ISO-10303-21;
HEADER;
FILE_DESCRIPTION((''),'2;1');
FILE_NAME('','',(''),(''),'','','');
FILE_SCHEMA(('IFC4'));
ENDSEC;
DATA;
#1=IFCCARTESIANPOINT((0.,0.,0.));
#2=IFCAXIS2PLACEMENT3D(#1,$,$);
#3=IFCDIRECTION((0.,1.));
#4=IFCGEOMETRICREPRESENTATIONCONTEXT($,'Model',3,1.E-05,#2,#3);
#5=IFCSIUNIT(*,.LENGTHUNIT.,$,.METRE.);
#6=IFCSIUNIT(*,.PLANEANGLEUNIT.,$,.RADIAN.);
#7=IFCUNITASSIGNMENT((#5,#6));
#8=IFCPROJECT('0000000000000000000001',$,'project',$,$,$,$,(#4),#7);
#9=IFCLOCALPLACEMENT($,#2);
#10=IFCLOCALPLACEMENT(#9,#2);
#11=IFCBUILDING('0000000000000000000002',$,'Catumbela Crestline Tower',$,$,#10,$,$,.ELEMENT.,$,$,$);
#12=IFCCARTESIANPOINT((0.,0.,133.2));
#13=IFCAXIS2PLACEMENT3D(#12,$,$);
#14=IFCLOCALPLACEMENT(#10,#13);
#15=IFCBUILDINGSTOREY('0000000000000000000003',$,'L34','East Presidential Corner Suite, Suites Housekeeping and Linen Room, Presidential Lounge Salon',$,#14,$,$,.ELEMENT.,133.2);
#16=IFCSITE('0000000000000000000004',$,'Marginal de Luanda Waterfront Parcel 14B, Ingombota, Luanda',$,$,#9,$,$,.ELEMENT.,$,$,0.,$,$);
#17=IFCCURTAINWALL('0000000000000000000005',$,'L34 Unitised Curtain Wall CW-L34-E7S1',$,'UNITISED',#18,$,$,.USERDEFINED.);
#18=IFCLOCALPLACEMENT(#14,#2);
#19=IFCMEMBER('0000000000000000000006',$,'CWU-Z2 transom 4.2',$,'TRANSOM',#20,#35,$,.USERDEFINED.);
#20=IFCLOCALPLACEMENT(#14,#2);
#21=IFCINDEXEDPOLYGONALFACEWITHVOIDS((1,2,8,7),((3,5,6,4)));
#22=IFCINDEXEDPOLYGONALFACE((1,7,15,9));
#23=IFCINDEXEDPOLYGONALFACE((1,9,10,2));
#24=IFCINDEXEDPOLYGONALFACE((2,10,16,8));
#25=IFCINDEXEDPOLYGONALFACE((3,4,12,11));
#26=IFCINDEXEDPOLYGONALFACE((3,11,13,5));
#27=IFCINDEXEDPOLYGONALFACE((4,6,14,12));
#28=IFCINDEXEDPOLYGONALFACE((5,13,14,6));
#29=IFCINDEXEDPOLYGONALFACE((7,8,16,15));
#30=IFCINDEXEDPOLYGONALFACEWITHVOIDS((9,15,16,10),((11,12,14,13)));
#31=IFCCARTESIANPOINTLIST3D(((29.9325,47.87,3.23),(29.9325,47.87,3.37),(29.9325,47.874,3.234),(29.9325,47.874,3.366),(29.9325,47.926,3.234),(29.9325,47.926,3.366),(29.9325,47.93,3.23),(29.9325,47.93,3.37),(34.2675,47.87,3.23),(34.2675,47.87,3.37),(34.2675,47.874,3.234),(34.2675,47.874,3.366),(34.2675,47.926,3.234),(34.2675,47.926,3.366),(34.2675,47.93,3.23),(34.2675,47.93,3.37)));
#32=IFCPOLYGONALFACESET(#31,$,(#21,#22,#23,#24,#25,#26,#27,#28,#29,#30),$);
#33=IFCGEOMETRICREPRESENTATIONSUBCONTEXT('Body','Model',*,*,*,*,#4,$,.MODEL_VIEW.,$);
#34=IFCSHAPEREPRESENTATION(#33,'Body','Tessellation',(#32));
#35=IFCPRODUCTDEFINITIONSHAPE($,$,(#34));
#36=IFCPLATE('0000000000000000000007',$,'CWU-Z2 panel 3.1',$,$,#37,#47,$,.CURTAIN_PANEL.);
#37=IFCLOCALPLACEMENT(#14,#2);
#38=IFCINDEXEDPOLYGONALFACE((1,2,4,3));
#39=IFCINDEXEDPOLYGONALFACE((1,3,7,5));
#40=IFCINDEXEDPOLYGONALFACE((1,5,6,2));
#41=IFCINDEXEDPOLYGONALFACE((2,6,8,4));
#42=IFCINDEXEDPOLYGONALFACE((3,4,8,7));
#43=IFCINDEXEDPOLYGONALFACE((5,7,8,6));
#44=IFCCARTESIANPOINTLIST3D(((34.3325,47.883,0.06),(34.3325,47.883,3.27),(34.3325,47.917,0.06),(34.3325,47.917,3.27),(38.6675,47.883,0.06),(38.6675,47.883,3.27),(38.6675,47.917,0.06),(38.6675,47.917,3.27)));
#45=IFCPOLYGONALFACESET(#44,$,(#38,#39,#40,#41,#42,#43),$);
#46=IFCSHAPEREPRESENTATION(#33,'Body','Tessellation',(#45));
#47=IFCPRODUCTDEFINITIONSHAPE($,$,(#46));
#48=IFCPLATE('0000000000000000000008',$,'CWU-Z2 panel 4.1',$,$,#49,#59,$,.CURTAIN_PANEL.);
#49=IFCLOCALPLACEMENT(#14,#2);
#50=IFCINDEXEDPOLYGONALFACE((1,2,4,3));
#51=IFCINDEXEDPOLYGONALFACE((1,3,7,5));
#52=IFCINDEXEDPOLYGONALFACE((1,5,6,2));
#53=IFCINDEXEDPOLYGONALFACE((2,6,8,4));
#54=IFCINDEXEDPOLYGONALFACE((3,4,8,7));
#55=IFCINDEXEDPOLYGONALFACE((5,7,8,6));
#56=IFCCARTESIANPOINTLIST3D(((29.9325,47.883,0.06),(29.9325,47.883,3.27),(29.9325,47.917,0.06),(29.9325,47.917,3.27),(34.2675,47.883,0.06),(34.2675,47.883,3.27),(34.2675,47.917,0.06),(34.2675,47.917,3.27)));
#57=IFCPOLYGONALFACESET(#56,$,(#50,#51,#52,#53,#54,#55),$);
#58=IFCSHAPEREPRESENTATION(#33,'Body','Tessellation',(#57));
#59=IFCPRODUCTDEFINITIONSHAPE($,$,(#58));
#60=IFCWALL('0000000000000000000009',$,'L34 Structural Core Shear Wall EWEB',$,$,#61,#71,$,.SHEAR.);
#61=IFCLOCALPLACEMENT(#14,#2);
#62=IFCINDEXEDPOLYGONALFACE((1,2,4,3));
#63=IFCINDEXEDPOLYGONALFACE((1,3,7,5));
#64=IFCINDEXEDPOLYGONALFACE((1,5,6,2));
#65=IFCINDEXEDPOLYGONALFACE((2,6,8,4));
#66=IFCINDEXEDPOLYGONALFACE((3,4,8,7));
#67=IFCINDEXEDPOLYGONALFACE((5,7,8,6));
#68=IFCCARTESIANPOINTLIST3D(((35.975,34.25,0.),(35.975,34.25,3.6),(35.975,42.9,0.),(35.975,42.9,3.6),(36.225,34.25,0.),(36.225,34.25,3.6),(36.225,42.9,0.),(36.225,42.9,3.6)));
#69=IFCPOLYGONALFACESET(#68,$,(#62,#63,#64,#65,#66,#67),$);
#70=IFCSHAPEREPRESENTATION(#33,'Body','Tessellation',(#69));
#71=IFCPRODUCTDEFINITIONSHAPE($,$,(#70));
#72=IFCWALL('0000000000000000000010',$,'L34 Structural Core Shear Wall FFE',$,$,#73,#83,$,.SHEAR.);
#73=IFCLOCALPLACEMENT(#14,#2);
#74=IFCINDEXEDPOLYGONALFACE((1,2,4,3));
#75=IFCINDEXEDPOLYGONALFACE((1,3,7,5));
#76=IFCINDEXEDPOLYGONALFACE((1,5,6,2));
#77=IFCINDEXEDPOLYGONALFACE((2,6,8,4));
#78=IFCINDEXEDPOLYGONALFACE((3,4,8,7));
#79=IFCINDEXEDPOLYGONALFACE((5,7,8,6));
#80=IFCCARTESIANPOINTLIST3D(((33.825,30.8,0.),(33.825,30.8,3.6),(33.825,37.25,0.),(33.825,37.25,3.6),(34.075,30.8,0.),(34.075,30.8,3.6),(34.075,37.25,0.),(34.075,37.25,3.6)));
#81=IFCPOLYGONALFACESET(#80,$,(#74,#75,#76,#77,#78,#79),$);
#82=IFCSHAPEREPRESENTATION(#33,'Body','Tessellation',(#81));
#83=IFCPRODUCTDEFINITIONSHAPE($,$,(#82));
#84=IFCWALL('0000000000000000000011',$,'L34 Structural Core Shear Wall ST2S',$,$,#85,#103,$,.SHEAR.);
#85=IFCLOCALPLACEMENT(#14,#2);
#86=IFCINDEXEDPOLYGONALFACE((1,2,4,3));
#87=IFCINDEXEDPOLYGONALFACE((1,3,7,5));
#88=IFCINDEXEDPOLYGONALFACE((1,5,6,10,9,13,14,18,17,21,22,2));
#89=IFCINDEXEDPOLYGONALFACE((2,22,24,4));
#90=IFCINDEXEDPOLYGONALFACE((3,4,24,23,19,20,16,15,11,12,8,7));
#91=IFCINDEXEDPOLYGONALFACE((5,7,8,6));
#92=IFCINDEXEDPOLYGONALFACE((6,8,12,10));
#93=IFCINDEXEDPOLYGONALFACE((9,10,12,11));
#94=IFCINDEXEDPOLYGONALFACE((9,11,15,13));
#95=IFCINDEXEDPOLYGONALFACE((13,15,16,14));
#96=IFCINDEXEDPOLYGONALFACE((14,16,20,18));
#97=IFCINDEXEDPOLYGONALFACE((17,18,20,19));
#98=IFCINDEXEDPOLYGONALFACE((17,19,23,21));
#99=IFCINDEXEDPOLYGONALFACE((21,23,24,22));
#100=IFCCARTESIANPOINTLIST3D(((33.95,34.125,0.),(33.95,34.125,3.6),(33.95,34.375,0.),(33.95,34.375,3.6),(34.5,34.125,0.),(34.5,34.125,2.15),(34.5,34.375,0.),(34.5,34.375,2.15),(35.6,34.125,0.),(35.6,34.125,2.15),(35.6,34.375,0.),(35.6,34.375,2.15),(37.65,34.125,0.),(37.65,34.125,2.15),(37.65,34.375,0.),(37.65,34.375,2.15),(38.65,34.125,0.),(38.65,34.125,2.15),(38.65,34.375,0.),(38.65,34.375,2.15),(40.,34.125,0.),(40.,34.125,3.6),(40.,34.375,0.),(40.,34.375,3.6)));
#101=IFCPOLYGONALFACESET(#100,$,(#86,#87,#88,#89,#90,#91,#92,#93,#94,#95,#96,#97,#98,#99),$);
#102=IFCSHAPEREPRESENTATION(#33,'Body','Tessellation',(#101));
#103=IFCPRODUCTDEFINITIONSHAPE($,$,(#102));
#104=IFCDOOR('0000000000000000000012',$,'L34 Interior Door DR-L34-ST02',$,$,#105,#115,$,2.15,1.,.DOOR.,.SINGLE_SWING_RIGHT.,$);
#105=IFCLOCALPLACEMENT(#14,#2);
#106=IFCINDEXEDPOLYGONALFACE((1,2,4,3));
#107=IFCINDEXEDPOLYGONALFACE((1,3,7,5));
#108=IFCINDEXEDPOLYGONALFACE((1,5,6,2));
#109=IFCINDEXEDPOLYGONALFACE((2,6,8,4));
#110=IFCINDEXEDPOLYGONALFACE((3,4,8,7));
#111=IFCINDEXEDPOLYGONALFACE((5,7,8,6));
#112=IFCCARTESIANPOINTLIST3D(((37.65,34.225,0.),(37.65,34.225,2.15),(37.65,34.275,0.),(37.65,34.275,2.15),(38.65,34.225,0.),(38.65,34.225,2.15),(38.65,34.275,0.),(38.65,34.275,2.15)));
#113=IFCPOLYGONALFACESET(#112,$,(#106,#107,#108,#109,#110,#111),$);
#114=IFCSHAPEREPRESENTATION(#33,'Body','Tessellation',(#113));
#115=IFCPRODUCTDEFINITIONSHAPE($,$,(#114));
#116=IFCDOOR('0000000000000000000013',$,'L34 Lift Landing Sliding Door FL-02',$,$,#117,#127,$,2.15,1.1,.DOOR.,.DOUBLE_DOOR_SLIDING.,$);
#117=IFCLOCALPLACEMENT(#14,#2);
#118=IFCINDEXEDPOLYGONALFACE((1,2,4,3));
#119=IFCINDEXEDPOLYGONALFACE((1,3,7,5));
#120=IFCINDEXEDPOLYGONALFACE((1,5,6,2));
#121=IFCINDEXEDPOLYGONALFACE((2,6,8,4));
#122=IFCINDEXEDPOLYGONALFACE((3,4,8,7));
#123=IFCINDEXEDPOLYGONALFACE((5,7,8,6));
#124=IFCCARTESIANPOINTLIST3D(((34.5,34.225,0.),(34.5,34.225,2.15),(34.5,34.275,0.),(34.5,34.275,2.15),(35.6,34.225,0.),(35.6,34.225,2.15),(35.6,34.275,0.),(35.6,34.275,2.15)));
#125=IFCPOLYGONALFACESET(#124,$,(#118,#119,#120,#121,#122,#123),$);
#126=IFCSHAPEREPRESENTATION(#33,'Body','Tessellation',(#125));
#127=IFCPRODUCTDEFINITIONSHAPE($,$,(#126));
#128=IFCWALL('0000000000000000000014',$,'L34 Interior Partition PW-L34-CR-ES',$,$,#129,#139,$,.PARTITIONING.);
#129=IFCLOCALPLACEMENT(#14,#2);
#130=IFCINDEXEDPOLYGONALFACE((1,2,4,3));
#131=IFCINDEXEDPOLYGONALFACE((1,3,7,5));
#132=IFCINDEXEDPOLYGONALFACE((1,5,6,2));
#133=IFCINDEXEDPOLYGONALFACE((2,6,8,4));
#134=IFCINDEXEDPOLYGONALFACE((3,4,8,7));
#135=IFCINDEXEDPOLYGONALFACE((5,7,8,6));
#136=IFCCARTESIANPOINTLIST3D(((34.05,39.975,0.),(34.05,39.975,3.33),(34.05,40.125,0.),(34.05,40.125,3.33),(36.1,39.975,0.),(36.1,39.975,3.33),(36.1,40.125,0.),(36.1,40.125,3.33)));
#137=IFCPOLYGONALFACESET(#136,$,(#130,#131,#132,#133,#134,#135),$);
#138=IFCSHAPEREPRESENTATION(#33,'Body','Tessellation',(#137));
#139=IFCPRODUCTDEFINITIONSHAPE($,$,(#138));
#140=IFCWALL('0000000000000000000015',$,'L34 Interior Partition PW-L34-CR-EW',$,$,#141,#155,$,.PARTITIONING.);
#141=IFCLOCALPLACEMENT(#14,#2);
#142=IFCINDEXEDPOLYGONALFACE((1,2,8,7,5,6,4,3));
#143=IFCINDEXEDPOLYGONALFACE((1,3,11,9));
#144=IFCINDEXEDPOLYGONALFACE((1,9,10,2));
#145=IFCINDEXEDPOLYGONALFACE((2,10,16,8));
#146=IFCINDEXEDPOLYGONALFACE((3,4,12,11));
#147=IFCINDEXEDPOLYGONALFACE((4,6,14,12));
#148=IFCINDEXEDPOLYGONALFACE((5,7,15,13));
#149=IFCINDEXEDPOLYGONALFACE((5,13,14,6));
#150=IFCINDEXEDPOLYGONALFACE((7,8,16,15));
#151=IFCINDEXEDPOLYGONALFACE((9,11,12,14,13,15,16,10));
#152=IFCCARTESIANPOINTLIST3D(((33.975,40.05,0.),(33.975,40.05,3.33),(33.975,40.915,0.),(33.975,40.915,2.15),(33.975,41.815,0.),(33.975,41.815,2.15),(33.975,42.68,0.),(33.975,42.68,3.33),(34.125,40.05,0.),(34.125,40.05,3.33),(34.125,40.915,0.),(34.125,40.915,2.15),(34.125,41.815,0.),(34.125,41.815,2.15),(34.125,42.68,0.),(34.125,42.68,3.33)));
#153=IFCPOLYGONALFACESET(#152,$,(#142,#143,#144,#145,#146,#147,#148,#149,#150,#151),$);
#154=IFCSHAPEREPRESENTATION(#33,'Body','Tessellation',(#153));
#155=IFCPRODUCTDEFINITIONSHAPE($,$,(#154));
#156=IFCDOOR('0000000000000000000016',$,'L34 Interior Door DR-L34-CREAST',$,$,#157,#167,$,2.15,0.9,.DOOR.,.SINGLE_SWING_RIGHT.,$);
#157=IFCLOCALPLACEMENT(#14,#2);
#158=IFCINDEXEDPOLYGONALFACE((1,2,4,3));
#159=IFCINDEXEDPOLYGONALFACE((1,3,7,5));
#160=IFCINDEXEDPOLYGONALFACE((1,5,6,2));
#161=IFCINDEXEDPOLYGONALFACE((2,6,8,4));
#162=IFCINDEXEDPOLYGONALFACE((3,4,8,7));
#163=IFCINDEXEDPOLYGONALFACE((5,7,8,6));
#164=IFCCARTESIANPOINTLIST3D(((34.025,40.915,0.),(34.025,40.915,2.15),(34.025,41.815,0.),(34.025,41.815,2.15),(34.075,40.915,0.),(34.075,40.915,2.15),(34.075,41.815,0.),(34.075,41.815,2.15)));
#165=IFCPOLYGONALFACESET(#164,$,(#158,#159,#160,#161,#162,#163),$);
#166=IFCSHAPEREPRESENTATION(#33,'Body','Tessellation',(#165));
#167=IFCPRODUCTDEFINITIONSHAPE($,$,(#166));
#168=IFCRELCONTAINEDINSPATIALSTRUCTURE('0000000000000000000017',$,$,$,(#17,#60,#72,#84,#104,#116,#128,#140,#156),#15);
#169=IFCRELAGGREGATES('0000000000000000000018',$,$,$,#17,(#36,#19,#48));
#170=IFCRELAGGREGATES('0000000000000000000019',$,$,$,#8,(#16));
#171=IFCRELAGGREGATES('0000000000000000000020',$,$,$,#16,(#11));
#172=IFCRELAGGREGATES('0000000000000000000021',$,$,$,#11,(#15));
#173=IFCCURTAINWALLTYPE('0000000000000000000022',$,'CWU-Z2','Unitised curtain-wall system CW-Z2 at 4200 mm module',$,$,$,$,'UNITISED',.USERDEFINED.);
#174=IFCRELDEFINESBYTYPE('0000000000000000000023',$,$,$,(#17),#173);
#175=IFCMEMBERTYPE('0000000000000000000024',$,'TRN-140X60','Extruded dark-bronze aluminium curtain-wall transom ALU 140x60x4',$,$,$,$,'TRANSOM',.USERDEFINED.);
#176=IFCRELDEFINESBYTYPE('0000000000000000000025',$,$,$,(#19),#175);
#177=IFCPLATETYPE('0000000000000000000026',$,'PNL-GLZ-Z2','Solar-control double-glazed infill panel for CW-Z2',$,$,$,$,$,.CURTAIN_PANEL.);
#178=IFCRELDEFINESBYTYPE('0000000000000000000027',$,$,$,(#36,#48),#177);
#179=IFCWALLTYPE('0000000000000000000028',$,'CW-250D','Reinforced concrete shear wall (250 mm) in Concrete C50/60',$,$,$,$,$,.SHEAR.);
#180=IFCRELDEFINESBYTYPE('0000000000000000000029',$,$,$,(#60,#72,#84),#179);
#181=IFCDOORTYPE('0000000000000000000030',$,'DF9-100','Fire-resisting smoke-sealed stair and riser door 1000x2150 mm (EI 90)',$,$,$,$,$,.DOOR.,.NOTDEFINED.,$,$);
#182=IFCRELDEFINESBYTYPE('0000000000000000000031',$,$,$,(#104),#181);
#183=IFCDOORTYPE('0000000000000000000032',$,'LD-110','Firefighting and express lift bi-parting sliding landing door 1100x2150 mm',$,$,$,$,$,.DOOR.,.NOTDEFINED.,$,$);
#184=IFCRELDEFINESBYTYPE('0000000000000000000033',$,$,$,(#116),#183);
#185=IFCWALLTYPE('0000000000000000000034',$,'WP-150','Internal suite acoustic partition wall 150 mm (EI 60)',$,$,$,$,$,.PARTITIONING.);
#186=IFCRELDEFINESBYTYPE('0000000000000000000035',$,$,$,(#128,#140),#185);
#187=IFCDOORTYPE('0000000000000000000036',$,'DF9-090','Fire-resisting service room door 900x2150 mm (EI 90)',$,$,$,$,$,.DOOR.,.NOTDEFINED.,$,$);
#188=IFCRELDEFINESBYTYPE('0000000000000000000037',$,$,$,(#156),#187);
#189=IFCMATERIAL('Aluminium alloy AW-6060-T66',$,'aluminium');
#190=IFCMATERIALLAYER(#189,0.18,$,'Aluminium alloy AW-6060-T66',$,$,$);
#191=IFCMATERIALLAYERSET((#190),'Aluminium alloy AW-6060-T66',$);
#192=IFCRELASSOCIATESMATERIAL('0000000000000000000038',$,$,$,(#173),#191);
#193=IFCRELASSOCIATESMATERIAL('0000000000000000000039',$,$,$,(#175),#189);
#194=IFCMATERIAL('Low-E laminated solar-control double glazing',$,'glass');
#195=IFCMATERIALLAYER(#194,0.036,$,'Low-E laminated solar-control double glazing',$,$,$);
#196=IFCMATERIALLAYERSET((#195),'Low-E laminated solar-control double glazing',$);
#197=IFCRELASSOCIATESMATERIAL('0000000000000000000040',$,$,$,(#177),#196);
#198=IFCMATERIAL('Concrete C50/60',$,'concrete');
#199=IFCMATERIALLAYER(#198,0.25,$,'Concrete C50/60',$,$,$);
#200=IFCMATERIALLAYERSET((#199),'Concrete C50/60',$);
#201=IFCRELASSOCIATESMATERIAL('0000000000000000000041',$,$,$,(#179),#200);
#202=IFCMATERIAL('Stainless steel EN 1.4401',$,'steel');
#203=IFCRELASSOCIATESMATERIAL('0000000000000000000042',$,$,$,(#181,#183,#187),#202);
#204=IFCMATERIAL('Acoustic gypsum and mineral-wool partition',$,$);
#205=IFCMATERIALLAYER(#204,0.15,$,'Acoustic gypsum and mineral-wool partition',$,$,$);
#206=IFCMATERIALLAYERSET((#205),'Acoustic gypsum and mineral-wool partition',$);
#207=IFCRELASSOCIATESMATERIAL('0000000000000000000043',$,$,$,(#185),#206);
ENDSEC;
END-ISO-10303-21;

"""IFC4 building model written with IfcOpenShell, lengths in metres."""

from ifc_helpers import new_model, si_unit, direction, frame, frame_2d, origin, origin_2d, place, context, subcontext, project, spatial, rectangle, hollow_rectangle, extrude, material, layer, layer_set, material_profile, profile_set, type_object, element, fill, aggregate, save


model = new_model("IFC4")

# Units and contexts
model_context = context("Model", 3, precision=1e-05, world=origin(), true_north=direction((0.0, 1.0)))
body_context = subcontext(model_context, "Body", "Model", "MODEL_VIEW")
ifc_project = project(units=[si_unit("LENGTHUNIT", "METRE"), si_unit("PLANEANGLEUNIT", "RADIAN")], contexts=[model_context])

# Site, building, storey
site_placement = place(None, origin())
site = spatial("IfcSite", under=ifc_project, at=site_placement, Name="Marginal de Luanda Waterfront Parcel 14B, Ingombota, Luanda", CompositionType="ELEMENT", RefElevation=0.0)
building_placement = place(site_placement, origin())
building = spatial("IfcBuilding", under=site, at=building_placement, Name="Catumbela Crestline Tower", CompositionType="ELEMENT")
storey_placement = place(building_placement, frame((0.0, 0.0, 133.2)))
storey = spatial("IfcBuildingStorey", under=building, at=storey_placement, Name="L34", Description="East Presidential Corner Suite, Suites Housekeeping and Linen Room, Presidential Lounge Salon", CompositionType="ELEMENT", Elevation=133.2)

# Curtain wall
ifc_material_1 = material(Name="Aluminium alloy AW-6060-T66", Category="aluminium")
ifc_layer_1 = layer(ifc_material_1, 0.18, Name="Aluminium alloy AW-6060-T66")
ifc_layer_set_1 = layer_set([ifc_layer_1], Name="Aluminium alloy AW-6060-T66")
curtain_wall_type = type_object("IfcCurtainWallType", Name="CWU-Z2", Description="Unitised curtain-wall system CW-Z2 at 4200 mm module", ElementType="UNITISED", PredefinedType="USERDEFINED", material=ifc_layer_set_1)
curtain_wall_placement = place(storey_placement, origin())
curtain_wall = element("IfcCurtainWall", 1, at=curtain_wall_placement, inside=storey, type_object=curtain_wall_type, Name="L34 Unitised Curtain Wall CW-L34-E7S1", ObjectType="UNITISED", PredefinedType="USERDEFINED")

# Member
ifc_material_profile_1 = material_profile(ifc_material_1, hollow_rectangle(XDim=0.06, YDim=0.14, WallThickness=0.004, at=origin_2d()), Name="ALU 140x60x4")
ifc_profile_set_1 = profile_set([ifc_material_profile_1], Name="Aluminium alloy AW-6060-T66")
member_type_1 = type_object("IfcMemberType", Name="TRN-140X60", Description="Extruded dark-bronze aluminium curtain-wall transom ALU 140x60x4", ElementType="TRANSOM", PredefinedType="USERDEFINED", material=ifc_profile_set_1)
member_1_placement = place(storey_placement, frame((34.2675, 47.9, 3.3), z_axis=(-1.0, 0.0, 0.0), x_axis=(0.0, -1.0, 0.0)))
member_1 = element("IfcMember", 2, at=member_1_placement, type_object=member_type_1, Name="CWU-Z2 transom 4.2", ObjectType="TRANSOM", PredefinedType="USERDEFINED", context=body_context, shape_type="SweptSolid", body=[
    extrude(hollow_rectangle(XDim=0.06, YDim=0.14, WallThickness=0.004, at=origin_2d()), origin(), (0.0, 0.0, 1.0), 4.335),
])

# Plates
ifc_material_2 = material(Name="Low-E laminated solar-control double glazing", Category="glass")
ifc_layer_2 = layer(ifc_material_2, 0.036, Name="Low-E laminated solar-control double glazing")
ifc_layer_set_2 = layer_set([ifc_layer_2], Name="Low-E laminated solar-control double glazing")
plate_type = type_object("IfcPlateType", Name="PNL-GLZ-Z2", Description="Solar-control double-glazed infill panel for CW-Z2", PredefinedType="CURTAIN_PANEL", material=ifc_layer_set_2)
plate_1_placement = place(storey_placement, frame((36.5, 47.9, 0.06), z_axis=(0.0, 0.0, 1.0), x_axis=(-1.0, 0.0, 0.0)))
plate_1 = element("IfcPlate", 3, at=plate_1_placement, type_object=plate_type, Name="CWU-Z2 panel 3.1", PredefinedType="CURTAIN_PANEL", context=body_context, shape_type="SweptSolid", body=[
    extrude(rectangle(XDim=4.335, YDim=0.034, at=origin_2d()), origin(), (0.0, 0.0, 1.0), 3.21),
])
plate_2_placement = place(storey_placement, frame((32.1, 47.9, 0.06), z_axis=(0.0, 0.0, 1.0), x_axis=(-1.0, 0.0, 0.0)))
plate_2 = element("IfcPlate", 4, at=plate_2_placement, type_object=plate_type, Name="CWU-Z2 panel 4.1", PredefinedType="CURTAIN_PANEL", context=body_context, shape_type="SweptSolid", body=[
    extrude(rectangle(XDim=4.335, YDim=0.034, at=origin_2d()), origin(), (0.0, 0.0, 1.0), 3.21),
])
aggregate(curtain_wall, [plate_1, member_1, plate_2])

# Walls
ifc_material_3 = material(Name="Concrete C50/60", Category="concrete")
ifc_layer_3 = layer(ifc_material_3, 0.25, Name="Concrete C50/60")
ifc_layer_set_3 = layer_set([ifc_layer_3], Name="Concrete C50/60")
wall_type_1 = type_object("IfcWallType", Name="CW-250D", Description="Reinforced concrete shear wall (250 mm) in Concrete C50/60", PredefinedType="SHEAR", material=ifc_layer_set_3)
wall_1_placement = place(storey_placement, frame((36.1, 34.25, 0.0), z_axis=(0.0, 0.0, 1.0), x_axis=(0.0, 1.0, 0.0)))
element("IfcWall", 5, at=wall_1_placement, inside=storey, type_object=wall_type_1, Name="L34 Structural Core Shear Wall EWEB", PredefinedType="SHEAR", context=body_context, shape_type="SweptSolid", body=[
    extrude(rectangle(XDim=8.65, YDim=0.25, at=frame_2d((4.325, 0.0))), origin(), (0.0, 0.0, 1.0), 3.6),
])
wall_2_placement = place(storey_placement, frame((33.95, 30.8, 0.0), z_axis=(0.0, 0.0, 1.0), x_axis=(0.0, 1.0, 0.0)))
element("IfcWall", 6, at=wall_2_placement, inside=storey, type_object=wall_type_1, Name="L34 Structural Core Shear Wall FFE", PredefinedType="SHEAR", context=body_context, shape_type="SweptSolid", body=[
    extrude(rectangle(XDim=6.45, YDim=0.25, at=frame_2d((3.225, 0.0))), origin(), (0.0, 0.0, 1.0), 3.6),
])

# Wall, openings, doors
wall_3_placement = place(storey_placement, frame((33.95, 34.25, 0.0), z_axis=(0.0, 0.0, 1.0), x_axis=(1.0, 0.0, 0.0)))
wall_3 = element("IfcWall", 7, at=wall_3_placement, inside=storey, type_object=wall_type_1, Name="L34 Structural Core Shear Wall ST2S", PredefinedType="SHEAR", context=body_context, shape_type="SweptSolid", body=[
    extrude(rectangle(XDim=6.05, YDim=0.25, at=frame_2d((3.025, 0.0))), origin(), (0.0, 0.0, 1.0), 3.6),
])
opening_1_placement = place(wall_3_placement, frame((3.7, 0.0, 0.0)))
opening_1 = element("IfcOpeningElement", 8, at=opening_1_placement, cuts=wall_3, PredefinedType="OPENING", context=body_context, shape_type="SweptSolid", body=[
    extrude(rectangle(XDim=1.0, YDim=2.15, at=frame_2d((0.5, 1.075))), frame((0.0, 0.135, 0.0), z_axis=(0.0, -1.0, 0.0), x_axis=(1.0, 0.0, 0.0)), (0.0, 0.0, 1.0), 0.27),
])
opening_2_placement = place(wall_3_placement, frame((0.55, 0.0, 0.0)))
opening_2 = element("IfcOpeningElement", 9, at=opening_2_placement, cuts=wall_3, PredefinedType="OPENING", context=body_context, shape_type="SweptSolid", body=[
    extrude(rectangle(XDim=1.1, YDim=2.15, at=frame_2d((0.55, 1.075))), frame((0.0, 0.135, 0.0), z_axis=(0.0, -1.0, 0.0), x_axis=(1.0, 0.0, 0.0)), (0.0, 0.0, 1.0), 0.27),
])
ifc_material_4 = material(Name="Stainless steel EN 1.4401", Category="steel")
door_type_1 = type_object("IfcDoorType", Name="DF9-100", Description="Fire-resisting smoke-sealed stair and riser door 1000x2150 mm (EI 90)", OperationType="NOTDEFINED", PredefinedType="DOOR", material=ifc_material_4)
door_1_placement = place(opening_1_placement, origin())
door_1 = element("IfcDoor", 10, at=door_1_placement, inside=storey, type_object=door_type_1, Name="L34 Interior Door DR-L34-ST02", OperationType="SINGLE_SWING_RIGHT", OverallHeight=2.15, OverallWidth=1.0, PredefinedType="DOOR", context=body_context, shape_type="SweptSolid", body=[
    extrude(rectangle(XDim=1.0, YDim=2.15, at=frame_2d((0.5, 1.075))), frame((0.0, 0.025, 0.0), z_axis=(0.0, -1.0, 0.0), x_axis=(1.0, 0.0, 0.0)), (0.0, 0.0, 1.0), 0.05),
])
fill(opening_1, door_1)
door_type_2 = type_object("IfcDoorType", Name="LD-110", Description="Firefighting and express lift bi-parting sliding landing door 1100x2150 mm", OperationType="NOTDEFINED", PredefinedType="DOOR", material=ifc_material_4)
door_2_placement = place(opening_2_placement, origin())
door_2 = element("IfcDoor", 11, at=door_2_placement, inside=storey, type_object=door_type_2, Name="L34 Lift Landing Sliding Door FL-02", OperationType="DOUBLE_DOOR_SLIDING", OverallHeight=2.15, OverallWidth=1.1, PredefinedType="DOOR", context=body_context, shape_type="SweptSolid", body=[
    extrude(rectangle(XDim=1.1, YDim=2.15, at=frame_2d((0.55, 1.075))), frame((0.0, 0.025, 0.0), z_axis=(0.0, -1.0, 0.0), x_axis=(1.0, 0.0, 0.0)), (0.0, 0.0, 1.0), 0.05),
])
fill(opening_2, door_2)

# Wall
ifc_material_5 = material(Name="Acoustic gypsum and mineral-wool partition")
ifc_layer_4 = layer(ifc_material_5, 0.15, Name="Acoustic gypsum and mineral-wool partition")
ifc_layer_set_4 = layer_set([ifc_layer_4], Name="Acoustic gypsum and mineral-wool partition")
wall_type_2 = type_object("IfcWallType", Name="WP-150", Description="Internal suite acoustic partition wall 150 mm (EI 60)", PredefinedType="PARTITIONING", material=ifc_layer_set_4)
wall_4_placement = place(storey_placement, frame((34.05, 40.05, 0.0), z_axis=(0.0, 0.0, 1.0), x_axis=(1.0, 0.0, 0.0)))
element("IfcWall", 12, at=wall_4_placement, inside=storey, type_object=wall_type_2, Name="L34 Interior Partition PW-L34-CR-ES", PredefinedType="PARTITIONING", context=body_context, shape_type="SweptSolid", body=[
    extrude(rectangle(XDim=2.05, YDim=0.15, at=frame_2d((1.025, 0.0))), origin(), (0.0, 0.0, 1.0), 3.33),
])

# Wall, opening, door
wall_5_placement = place(storey_placement, frame((34.05, 40.05, 0.0), z_axis=(0.0, 0.0, 1.0), x_axis=(0.0, 1.0, 0.0)))
wall_5 = element("IfcWall", 13, at=wall_5_placement, inside=storey, type_object=wall_type_2, Name="L34 Interior Partition PW-L34-CR-EW", PredefinedType="PARTITIONING", context=body_context, shape_type="SweptSolid", body=[
    extrude(rectangle(XDim=2.63, YDim=0.15, at=frame_2d((1.315, 0.0))), origin(), (0.0, 0.0, 1.0), 3.33),
])
opening_3_placement = place(wall_5_placement, frame((0.865, 0.0, 0.0)))
opening_3 = element("IfcOpeningElement", 14, at=opening_3_placement, cuts=wall_5, PredefinedType="OPENING", context=body_context, shape_type="SweptSolid", body=[
    extrude(rectangle(XDim=0.9, YDim=2.15, at=frame_2d((0.45, 1.075))), frame((0.0, 0.085, 0.0), z_axis=(0.0, -1.0, 0.0), x_axis=(1.0, 0.0, 0.0)), (0.0, 0.0, 1.0), 0.17),
])
door_type_3 = type_object("IfcDoorType", Name="DF9-090", Description="Fire-resisting service room door 900x2150 mm (EI 90)", OperationType="NOTDEFINED", PredefinedType="DOOR", material=ifc_material_4)
door_3_placement = place(opening_3_placement, origin())
door_3 = element("IfcDoor", 15, at=door_3_placement, inside=storey, type_object=door_type_3, Name="L34 Interior Door DR-L34-CREAST", OperationType="SINGLE_SWING_RIGHT", OverallHeight=2.15, OverallWidth=0.9, PredefinedType="DOOR", context=body_context, shape_type="SweptSolid", body=[
    extrude(rectangle(XDim=0.9, YDim=2.15, at=frame_2d((0.45, 1.075))), frame((0.0, 0.025, 0.0), z_axis=(0.0, -1.0, 0.0), x_axis=(1.0, 0.0, 0.0)), (0.0, 0.0, 1.0), 0.05),
])
fill(opening_3, door_3)

save(model, "model.ifc")
